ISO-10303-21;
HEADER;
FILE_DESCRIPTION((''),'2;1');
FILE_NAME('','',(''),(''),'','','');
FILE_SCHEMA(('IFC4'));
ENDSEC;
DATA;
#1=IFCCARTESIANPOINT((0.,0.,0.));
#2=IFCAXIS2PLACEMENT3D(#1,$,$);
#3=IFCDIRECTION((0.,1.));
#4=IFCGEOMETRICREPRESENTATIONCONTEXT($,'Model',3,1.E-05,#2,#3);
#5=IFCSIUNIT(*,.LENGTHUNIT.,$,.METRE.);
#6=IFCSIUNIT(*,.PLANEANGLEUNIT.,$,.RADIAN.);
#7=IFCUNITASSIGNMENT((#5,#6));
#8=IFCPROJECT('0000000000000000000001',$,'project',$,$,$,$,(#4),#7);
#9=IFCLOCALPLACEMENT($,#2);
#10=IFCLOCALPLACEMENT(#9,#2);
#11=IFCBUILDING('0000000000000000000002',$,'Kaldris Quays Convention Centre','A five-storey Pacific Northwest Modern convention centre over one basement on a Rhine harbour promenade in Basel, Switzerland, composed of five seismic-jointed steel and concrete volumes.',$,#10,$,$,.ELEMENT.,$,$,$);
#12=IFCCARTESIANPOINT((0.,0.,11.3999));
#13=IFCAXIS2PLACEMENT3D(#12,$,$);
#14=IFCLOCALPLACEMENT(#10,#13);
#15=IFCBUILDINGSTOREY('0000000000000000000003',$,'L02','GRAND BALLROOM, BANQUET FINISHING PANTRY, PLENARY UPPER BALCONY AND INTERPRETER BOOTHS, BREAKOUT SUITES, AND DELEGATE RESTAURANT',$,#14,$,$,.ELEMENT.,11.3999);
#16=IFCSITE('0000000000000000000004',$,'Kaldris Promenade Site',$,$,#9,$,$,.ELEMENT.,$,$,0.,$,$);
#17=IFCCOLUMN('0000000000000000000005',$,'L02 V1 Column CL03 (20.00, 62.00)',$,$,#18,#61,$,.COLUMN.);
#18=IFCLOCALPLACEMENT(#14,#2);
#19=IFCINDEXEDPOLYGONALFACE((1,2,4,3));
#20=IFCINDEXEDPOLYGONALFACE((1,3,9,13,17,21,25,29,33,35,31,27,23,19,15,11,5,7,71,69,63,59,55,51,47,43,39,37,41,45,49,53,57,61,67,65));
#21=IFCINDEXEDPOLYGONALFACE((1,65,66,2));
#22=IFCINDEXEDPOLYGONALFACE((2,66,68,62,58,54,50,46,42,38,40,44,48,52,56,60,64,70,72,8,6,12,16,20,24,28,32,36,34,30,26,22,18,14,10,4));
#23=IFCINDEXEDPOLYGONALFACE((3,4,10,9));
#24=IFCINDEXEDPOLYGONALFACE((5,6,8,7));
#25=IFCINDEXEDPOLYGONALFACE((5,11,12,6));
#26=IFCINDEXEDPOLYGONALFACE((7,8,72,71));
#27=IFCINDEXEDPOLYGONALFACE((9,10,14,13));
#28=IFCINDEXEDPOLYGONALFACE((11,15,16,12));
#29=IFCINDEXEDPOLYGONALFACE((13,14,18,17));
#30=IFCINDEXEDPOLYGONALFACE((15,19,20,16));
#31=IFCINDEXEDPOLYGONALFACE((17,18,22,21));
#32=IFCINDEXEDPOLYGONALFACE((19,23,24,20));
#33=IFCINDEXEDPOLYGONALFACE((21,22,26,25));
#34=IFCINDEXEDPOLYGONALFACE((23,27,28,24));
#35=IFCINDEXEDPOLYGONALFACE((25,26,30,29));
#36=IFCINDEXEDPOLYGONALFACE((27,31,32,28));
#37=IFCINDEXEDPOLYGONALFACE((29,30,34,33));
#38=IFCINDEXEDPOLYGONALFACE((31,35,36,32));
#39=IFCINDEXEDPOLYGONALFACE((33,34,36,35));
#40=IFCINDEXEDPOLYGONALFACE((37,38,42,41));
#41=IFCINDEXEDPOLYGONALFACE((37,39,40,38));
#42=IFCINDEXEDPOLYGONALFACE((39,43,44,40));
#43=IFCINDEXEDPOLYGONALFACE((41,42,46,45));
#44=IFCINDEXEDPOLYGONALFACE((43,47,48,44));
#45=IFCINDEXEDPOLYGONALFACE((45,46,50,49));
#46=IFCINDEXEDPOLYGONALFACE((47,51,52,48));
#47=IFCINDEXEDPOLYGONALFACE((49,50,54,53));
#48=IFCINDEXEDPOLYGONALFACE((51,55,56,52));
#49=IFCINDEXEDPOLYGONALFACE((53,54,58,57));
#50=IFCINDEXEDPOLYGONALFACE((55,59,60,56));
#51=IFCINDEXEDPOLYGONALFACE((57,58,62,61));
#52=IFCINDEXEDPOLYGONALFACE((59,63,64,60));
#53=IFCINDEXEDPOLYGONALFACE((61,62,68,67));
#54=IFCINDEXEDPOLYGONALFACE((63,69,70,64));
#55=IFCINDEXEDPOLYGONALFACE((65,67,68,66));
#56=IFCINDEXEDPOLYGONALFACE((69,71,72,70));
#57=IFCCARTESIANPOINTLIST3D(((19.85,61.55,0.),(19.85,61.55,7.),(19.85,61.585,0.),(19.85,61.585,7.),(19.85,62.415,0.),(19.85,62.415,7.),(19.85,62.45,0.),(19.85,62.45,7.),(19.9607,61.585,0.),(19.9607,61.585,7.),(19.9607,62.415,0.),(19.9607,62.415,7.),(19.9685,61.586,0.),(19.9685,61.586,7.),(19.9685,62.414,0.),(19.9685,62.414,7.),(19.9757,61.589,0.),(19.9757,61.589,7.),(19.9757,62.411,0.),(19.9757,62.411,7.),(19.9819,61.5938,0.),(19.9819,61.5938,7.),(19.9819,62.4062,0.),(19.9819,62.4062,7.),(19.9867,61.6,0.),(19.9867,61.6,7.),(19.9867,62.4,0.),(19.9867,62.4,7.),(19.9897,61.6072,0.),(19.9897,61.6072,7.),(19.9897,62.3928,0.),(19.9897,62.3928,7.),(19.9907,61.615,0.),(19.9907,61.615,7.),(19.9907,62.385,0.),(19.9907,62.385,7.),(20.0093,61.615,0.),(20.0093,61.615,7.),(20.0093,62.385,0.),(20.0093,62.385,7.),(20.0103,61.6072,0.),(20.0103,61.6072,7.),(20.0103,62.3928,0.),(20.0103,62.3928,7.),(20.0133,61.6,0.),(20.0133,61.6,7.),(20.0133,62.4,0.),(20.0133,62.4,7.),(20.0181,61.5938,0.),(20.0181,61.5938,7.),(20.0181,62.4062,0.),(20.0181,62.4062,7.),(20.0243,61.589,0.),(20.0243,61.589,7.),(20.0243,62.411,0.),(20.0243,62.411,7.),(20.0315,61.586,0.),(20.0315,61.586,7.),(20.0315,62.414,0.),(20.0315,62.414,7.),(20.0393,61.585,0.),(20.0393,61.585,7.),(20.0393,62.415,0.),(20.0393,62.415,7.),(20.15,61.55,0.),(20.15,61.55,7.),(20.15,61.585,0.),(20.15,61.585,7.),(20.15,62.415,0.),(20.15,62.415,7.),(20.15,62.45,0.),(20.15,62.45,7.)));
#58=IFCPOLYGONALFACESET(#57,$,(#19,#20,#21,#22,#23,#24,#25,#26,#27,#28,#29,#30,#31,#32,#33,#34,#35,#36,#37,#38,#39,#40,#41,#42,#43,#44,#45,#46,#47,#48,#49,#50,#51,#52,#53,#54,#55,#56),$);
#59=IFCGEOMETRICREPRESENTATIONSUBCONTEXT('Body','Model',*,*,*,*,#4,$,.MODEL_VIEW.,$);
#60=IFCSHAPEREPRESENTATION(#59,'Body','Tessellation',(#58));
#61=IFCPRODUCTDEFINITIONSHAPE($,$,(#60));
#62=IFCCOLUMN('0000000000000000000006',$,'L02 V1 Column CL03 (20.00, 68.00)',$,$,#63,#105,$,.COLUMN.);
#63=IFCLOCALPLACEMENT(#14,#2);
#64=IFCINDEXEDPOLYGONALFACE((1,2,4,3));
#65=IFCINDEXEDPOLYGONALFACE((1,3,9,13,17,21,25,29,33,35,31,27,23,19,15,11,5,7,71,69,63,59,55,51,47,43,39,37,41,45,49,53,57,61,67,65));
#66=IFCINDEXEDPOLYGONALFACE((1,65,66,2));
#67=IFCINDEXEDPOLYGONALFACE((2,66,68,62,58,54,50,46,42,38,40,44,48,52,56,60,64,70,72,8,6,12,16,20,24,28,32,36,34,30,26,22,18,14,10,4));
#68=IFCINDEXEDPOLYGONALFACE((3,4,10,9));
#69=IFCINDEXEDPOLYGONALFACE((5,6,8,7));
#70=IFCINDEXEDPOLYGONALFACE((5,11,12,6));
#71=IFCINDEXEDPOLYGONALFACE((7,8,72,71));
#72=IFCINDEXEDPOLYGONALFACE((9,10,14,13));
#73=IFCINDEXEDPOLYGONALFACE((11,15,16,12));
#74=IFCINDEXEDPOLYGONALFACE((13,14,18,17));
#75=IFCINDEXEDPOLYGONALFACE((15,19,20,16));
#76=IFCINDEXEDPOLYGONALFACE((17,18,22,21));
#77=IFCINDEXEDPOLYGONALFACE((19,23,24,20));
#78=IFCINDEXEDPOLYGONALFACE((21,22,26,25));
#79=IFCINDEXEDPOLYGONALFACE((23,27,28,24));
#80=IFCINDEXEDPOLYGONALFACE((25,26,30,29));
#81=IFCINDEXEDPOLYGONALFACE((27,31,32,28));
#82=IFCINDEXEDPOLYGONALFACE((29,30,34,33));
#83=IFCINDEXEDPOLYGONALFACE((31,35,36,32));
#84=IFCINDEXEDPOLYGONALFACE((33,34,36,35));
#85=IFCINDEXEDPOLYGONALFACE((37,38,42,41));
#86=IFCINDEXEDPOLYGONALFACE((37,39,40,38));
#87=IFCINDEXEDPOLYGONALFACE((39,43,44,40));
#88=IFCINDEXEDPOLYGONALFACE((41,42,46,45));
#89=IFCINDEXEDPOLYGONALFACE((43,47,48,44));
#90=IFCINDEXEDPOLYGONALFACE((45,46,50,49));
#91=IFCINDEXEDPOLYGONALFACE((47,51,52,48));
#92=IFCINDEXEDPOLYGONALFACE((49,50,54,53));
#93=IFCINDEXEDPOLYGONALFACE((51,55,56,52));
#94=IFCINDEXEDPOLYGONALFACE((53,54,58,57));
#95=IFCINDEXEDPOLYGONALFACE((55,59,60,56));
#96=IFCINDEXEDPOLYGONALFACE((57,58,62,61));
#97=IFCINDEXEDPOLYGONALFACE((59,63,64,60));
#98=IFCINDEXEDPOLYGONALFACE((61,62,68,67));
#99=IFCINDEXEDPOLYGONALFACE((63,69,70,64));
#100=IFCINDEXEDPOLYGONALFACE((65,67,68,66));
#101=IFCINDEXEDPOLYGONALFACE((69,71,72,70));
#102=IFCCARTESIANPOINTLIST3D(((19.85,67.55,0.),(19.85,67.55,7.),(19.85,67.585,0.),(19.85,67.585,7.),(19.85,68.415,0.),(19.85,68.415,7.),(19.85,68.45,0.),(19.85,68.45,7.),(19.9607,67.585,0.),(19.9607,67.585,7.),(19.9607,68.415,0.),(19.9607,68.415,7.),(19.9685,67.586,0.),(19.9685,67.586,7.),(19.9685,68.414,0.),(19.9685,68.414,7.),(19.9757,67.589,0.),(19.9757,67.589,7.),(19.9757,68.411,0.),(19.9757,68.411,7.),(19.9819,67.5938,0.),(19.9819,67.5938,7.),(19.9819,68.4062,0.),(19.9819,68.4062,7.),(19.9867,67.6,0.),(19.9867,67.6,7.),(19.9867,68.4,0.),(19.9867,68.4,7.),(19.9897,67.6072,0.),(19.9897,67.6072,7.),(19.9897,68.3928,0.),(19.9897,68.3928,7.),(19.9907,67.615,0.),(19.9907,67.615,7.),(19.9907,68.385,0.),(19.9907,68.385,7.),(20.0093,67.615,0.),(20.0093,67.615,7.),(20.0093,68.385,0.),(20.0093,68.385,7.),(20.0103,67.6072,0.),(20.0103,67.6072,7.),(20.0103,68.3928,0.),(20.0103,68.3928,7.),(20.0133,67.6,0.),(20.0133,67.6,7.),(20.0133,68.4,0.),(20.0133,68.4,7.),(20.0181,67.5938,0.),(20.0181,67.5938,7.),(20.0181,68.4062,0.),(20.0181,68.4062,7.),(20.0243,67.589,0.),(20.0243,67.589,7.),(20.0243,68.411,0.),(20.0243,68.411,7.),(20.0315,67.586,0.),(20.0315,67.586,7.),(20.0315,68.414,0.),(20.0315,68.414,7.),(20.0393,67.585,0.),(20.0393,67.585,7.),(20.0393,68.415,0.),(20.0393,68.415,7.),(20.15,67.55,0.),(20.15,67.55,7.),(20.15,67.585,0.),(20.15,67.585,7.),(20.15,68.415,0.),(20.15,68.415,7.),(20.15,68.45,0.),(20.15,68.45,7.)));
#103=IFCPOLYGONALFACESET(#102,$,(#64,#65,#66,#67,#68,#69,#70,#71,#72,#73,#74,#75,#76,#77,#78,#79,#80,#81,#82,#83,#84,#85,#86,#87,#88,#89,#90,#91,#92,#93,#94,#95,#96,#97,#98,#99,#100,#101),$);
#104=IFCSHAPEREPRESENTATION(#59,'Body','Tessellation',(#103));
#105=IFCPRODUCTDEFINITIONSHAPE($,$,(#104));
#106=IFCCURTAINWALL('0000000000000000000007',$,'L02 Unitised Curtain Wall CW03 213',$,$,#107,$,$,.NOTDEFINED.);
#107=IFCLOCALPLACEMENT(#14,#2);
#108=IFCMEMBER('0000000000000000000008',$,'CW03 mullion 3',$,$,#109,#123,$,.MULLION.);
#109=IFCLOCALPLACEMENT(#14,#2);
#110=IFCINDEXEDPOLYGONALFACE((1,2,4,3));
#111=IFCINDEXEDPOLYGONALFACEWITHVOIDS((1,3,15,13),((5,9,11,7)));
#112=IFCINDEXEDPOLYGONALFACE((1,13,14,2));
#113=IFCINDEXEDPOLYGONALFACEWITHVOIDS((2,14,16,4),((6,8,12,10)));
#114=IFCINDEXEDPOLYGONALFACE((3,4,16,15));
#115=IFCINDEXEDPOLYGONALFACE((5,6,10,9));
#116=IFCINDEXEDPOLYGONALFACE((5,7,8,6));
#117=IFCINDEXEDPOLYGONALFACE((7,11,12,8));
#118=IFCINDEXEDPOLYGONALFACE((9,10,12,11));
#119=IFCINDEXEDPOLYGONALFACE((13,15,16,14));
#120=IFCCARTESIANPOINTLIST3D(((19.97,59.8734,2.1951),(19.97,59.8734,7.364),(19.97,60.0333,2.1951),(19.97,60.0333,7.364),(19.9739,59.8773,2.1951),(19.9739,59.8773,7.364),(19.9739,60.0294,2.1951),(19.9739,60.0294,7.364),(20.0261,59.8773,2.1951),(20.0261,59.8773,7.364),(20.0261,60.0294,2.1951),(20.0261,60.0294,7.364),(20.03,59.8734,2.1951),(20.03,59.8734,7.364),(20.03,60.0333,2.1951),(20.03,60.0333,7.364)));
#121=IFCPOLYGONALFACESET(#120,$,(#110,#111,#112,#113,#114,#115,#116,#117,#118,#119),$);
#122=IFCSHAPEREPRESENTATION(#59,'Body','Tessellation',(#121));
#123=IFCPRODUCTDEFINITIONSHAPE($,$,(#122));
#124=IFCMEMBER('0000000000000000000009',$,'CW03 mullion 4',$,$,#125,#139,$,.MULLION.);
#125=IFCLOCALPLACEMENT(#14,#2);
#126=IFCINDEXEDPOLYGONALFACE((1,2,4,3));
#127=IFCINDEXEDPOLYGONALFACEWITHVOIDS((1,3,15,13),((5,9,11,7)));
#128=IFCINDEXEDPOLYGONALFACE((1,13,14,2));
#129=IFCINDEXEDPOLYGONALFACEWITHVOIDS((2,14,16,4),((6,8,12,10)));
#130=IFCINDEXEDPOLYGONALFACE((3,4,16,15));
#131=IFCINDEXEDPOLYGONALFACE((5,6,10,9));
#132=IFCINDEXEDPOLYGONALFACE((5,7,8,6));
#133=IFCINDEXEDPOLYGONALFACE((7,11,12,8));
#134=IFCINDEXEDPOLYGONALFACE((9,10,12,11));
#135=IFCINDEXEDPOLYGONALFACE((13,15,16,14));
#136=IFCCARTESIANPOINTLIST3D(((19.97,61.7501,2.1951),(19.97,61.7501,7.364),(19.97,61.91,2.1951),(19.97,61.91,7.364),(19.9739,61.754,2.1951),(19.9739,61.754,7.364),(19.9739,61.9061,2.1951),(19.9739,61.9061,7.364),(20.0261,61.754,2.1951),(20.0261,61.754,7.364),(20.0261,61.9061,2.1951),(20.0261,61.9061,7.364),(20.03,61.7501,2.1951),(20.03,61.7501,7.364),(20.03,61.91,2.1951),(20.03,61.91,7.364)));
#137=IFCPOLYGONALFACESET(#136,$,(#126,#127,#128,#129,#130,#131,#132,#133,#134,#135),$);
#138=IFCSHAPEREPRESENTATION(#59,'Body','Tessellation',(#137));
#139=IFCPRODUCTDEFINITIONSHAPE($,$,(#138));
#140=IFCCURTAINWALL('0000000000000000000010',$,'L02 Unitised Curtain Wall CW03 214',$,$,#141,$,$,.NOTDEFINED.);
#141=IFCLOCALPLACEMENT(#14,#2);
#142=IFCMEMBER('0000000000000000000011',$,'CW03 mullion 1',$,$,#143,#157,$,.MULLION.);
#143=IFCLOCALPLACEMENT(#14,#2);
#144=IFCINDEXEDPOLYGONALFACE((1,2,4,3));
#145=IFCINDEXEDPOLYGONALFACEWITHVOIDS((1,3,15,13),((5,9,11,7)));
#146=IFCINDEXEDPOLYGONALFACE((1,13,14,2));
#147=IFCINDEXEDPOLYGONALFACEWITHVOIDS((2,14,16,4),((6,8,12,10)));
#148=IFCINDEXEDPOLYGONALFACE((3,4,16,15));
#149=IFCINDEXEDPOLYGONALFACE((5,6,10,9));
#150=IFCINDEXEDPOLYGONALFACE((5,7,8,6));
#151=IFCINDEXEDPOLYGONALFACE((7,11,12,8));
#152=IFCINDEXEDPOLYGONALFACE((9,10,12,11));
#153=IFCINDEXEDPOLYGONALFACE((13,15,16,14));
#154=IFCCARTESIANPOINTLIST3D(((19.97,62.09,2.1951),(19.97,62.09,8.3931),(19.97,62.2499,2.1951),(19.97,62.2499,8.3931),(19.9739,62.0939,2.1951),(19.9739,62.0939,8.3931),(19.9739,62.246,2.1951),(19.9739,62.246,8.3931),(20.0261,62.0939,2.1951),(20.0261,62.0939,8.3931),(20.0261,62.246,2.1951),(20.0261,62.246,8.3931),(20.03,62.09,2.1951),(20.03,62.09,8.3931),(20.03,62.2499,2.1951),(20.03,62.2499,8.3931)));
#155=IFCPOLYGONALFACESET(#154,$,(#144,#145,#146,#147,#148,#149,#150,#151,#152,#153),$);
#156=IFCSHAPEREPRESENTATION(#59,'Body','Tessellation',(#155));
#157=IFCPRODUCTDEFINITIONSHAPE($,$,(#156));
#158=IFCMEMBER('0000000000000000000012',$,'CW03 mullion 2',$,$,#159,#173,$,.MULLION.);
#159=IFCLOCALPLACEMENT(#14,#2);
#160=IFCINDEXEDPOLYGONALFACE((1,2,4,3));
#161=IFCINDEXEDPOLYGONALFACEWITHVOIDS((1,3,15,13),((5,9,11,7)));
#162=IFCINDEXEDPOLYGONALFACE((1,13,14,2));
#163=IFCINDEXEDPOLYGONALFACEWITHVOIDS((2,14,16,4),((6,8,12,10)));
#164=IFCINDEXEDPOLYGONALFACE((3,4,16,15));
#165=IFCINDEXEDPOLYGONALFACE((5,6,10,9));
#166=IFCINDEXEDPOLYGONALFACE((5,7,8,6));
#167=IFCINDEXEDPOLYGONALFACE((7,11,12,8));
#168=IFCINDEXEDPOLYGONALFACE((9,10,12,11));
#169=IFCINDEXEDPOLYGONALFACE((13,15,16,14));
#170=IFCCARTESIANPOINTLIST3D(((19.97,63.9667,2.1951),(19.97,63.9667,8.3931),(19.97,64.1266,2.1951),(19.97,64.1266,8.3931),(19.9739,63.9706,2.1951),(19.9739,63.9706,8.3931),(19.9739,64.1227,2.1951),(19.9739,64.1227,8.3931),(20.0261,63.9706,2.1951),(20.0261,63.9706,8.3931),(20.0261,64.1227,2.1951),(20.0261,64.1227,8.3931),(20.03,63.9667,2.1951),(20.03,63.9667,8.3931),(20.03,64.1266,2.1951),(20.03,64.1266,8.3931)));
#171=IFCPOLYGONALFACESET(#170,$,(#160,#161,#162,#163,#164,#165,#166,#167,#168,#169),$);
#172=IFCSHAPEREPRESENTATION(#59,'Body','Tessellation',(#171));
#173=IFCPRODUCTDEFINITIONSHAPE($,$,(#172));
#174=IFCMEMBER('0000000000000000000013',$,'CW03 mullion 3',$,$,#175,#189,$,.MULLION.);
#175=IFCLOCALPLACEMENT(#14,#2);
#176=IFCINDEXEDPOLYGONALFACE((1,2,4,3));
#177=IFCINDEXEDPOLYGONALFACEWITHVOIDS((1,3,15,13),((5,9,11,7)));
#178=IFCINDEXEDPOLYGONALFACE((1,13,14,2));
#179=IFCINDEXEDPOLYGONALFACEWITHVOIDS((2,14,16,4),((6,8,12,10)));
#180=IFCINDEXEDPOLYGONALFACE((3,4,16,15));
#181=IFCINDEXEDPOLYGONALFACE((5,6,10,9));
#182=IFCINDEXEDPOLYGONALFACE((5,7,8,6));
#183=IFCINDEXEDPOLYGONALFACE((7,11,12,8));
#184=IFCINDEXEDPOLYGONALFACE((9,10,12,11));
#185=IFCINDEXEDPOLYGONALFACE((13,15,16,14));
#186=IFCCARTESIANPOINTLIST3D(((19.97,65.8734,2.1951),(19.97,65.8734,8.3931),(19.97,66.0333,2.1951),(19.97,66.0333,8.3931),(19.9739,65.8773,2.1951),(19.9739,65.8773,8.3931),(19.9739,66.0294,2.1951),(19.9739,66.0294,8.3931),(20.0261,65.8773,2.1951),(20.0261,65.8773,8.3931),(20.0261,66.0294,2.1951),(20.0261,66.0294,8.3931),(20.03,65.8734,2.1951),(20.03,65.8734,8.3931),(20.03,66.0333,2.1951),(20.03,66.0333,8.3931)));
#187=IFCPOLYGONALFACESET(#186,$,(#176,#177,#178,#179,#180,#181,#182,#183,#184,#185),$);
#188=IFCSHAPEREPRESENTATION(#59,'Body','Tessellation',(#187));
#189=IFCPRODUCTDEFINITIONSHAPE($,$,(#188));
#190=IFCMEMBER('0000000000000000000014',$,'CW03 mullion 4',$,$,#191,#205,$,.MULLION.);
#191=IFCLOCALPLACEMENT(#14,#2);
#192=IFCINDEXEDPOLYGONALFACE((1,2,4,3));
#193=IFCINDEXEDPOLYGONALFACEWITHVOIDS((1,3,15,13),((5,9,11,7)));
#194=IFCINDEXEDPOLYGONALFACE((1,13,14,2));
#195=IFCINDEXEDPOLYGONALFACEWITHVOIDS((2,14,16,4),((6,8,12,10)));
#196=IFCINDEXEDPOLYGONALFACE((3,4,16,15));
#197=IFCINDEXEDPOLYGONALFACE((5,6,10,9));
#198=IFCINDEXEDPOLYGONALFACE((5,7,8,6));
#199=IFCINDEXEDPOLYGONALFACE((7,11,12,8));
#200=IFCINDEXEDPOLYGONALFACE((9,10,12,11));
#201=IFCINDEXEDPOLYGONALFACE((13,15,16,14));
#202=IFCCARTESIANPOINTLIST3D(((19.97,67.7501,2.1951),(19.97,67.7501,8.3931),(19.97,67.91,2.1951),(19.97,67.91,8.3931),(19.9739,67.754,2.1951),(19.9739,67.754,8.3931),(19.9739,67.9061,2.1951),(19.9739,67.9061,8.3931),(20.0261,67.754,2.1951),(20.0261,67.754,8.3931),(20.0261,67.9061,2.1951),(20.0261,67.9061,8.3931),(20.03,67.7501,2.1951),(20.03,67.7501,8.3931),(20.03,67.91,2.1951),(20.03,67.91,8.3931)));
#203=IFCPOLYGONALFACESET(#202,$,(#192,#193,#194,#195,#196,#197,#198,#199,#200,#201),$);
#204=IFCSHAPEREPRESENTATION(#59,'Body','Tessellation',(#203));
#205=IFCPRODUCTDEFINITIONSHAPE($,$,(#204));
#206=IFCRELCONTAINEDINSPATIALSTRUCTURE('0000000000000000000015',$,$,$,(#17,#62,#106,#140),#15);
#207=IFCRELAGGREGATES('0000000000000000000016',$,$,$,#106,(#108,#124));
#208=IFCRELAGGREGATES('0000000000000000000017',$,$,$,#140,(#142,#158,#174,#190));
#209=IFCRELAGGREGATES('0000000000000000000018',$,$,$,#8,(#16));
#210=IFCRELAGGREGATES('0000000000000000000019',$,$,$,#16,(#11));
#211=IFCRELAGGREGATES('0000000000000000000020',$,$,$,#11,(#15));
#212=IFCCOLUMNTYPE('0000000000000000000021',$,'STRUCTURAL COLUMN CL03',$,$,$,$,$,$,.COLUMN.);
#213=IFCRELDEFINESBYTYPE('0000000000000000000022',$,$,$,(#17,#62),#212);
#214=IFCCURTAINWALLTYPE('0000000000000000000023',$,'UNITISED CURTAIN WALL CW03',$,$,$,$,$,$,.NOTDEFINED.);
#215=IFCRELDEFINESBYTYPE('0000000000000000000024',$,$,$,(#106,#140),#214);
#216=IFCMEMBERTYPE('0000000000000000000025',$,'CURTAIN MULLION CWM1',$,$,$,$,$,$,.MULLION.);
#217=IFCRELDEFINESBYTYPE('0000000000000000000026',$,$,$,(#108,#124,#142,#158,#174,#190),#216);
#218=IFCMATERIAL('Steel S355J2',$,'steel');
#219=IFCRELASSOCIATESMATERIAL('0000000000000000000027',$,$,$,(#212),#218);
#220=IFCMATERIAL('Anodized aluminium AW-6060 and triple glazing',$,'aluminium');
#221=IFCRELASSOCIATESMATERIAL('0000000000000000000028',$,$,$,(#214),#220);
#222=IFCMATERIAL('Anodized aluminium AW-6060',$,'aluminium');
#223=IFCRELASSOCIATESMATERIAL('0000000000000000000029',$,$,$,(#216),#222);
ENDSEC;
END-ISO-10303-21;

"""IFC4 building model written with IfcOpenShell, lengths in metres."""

from ifc_helpers import new_model, si_unit, direction, frame, origin, origin_2d, place, context, subcontext, project, spatial, hollow_rectangle, i_section, extrude, material, material_profile, profile_set, type_object, element, aggregate, save


model = new_model("IFC4")

# Units and contexts
model_context = context("Model", 3, precision=1e-05, world=origin(), true_north=direction((0.0, 1.0)))
body_context = subcontext(model_context, "Body", "Model", "MODEL_VIEW")
ifc_project = project(units=[si_unit("LENGTHUNIT", "METRE"), si_unit("PLANEANGLEUNIT", "RADIAN")], contexts=[model_context])

# Site, building, storey
site_placement = place(None, origin())
site = spatial("IfcSite", under=ifc_project, at=site_placement, Name="Kaldris Promenade Site", CompositionType="ELEMENT", RefElevation=0.0)
building_placement = place(site_placement, origin())
building = spatial("IfcBuilding", under=site, at=building_placement, Name="Kaldris Quays Convention Centre", Description="A five-storey Pacific Northwest Modern convention centre over one basement on a Rhine harbour promenade in Basel, Switzerland, composed of five seismic-jointed steel and concrete volumes.", CompositionType="ELEMENT")
storey_placement = place(building_placement, frame((0.0, 0.0, 11.3999)))
storey = spatial("IfcBuildingStorey", under=building, at=storey_placement, Name="L02", Description="GRAND BALLROOM, BANQUET FINISHING PANTRY, PLENARY UPPER BALCONY AND INTERPRETER BOOTHS, BREAKOUT SUITES, AND DELEGATE RESTAURANT", CompositionType="ELEMENT", Elevation=11.3999)

# Columns
ifc_material_1 = material(Name="Steel S355J2", Category="steel")
ifc_material_profile_1 = material_profile(ifc_material_1, i_section(OverallWidth=0.3, OverallDepth=0.8999, WebThickness=0.0186, FlangeThickness=0.0349, FilletRadius=0.03, at=origin_2d()), Name="HEB 900")
ifc_profile_set_1 = profile_set([ifc_material_profile_1], Name="Steel S355J2")
column_type = type_object("IfcColumnType", Name="STRUCTURAL COLUMN CL03", PredefinedType="COLUMN", material=ifc_profile_set_1)
for number, where, z_axis, x_axis, name in (
    (1, (20.0, 62.0, 0.0), (0.0, 0.0, 1.0), (1.0, 0.0, 0.0), "L02 V1 Column CL03 (20.00, 62.00)"),
    (2, (20.0, 68.0, 0.0), (0.0, 0.0, 1.0), (1.0, 0.0, 0.0), "L02 V1 Column CL03 (20.00, 68.00)"),
):
    element("IfcColumn", number, at=place(storey_placement, frame(where, z_axis=z_axis, x_axis=x_axis)), inside=storey, type_object=column_type, Name=name, PredefinedType="COLUMN", context=body_context, shape_type="SweptSolid", body=[
        extrude(i_section(OverallWidth=0.3, OverallDepth=0.8999, WebThickness=0.0186, FlangeThickness=0.0349, FilletRadius=0.03, at=origin_2d()), origin(), (0.0, 0.0, 1.0), 7.0),
    ])

# Curtain walls, members
ifc_material_2 = material(Name="Anodized aluminium AW-6060 and triple glazing", Category="aluminium")
curtain_wall_type = type_object("IfcCurtainWallType", Name="UNITISED CURTAIN WALL CW03", PredefinedType="NOTDEFINED", material=ifc_material_2)
curtain_wall_1_placement = place(storey_placement, origin())
curtain_wall_1 = element("IfcCurtainWall", 3, at=curtain_wall_1_placement, inside=storey, type_object=curtain_wall_type, Name="L02 Unitised Curtain Wall CW03 213", PredefinedType="NOTDEFINED")
ifc_material_3 = material(Name="Anodized aluminium AW-6060", Category="aluminium")
ifc_material_profile_2 = material_profile(ifc_material_3, hollow_rectangle(XDim=0.0601, YDim=0.1599, WallThickness=0.0039, at=origin_2d()), Name="RHS 160x60x4")
ifc_profile_set_2 = profile_set([ifc_material_profile_2], Name="Anodized aluminium AW-6060")
member_type_1 = type_object("IfcMemberType", Name="CURTAIN MULLION CWM1", PredefinedType="MULLION", material=ifc_profile_set_2)
member_1_placement = place(storey_placement, frame((20.0, 59.9534, 2.1951), z_axis=(0.0, 0.0, 1.0), x_axis=(-1.0, 0.0, 0.0)))
member_1 = element("IfcMember", 4, at=member_1_placement, type_object=member_type_1, Name="CW03 mullion 3", PredefinedType="MULLION", context=body_context, shape_type="SweptSolid", body=[
    extrude(hollow_rectangle(XDim=0.0601, YDim=0.1599, WallThickness=0.0039, at=origin_2d()), origin(), (0.0, 0.0, 1.0), 5.1689),
])
member_2_placement = place(storey_placement, frame((20.0, 61.8301, 2.1951), z_axis=(0.0, 0.0, 1.0), x_axis=(-1.0, 0.0, 0.0)))
member_2 = element("IfcMember", 5, at=member_2_placement, type_object=member_type_1, Name="CW03 mullion 4", PredefinedType="MULLION", context=body_context, shape_type="SweptSolid", body=[
    extrude(hollow_rectangle(XDim=0.0601, YDim=0.1599, WallThickness=0.0039, at=origin_2d()), origin(), (0.0, 0.0, 1.0), 5.1689),
])
curtain_wall_2_placement = place(storey_placement, origin())
curtain_wall_2 = element("IfcCurtainWall", 6, at=curtain_wall_2_placement, inside=storey, type_object=curtain_wall_type, Name="L02 Unitised Curtain Wall CW03 214", PredefinedType="NOTDEFINED")
member_3_placement = place(storey_placement, frame((20.0, 62.1699, 2.1951), z_axis=(0.0, 0.0, 1.0), x_axis=(-1.0, 0.0, 0.0)))
member_3 = element("IfcMember", 7, at=member_3_placement, type_object=member_type_1, Name="CW03 mullion 1", PredefinedType="MULLION", context=body_context, shape_type="SweptSolid", body=[
    extrude(hollow_rectangle(XDim=0.0601, YDim=0.1599, WallThickness=0.0039, at=origin_2d()), origin(), (0.0, 0.0, 1.0), 6.198),
])
member_4_placement = place(storey_placement, frame((20.0, 64.0466, 2.1951), z_axis=(0.0, 0.0, 1.0), x_axis=(-1.0, 0.0, 0.0)))
member_4 = element("IfcMember", 8, at=member_4_placement, type_object=member_type_1, Name="CW03 mullion 2", PredefinedType="MULLION", context=body_context, shape_type="SweptSolid", body=[
    extrude(hollow_rectangle(XDim=0.0601, YDim=0.1599, WallThickness=0.0039, at=origin_2d()), origin(), (0.0, 0.0, 1.0), 6.198),
])
member_5_placement = place(storey_placement, frame((20.0, 65.9534, 2.1951), z_axis=(0.0, 0.0, 1.0), x_axis=(-1.0, 0.0, 0.0)))
member_5 = element("IfcMember", 9, at=member_5_placement, type_object=member_type_1, Name="CW03 mullion 3", PredefinedType="MULLION", context=body_context, shape_type="SweptSolid", body=[
    extrude(hollow_rectangle(XDim=0.0601, YDim=0.1599, WallThickness=0.0039, at=origin_2d()), origin(), (0.0, 0.0, 1.0), 6.198),
])
member_6_placement = place(storey_placement, frame((20.0, 67.8301, 2.1951), z_axis=(0.0, 0.0, 1.0), x_axis=(-1.0, 0.0, 0.0)))
member_6 = element("IfcMember", 10, at=member_6_placement, type_object=member_type_1, Name="CW03 mullion 4", PredefinedType="MULLION", context=body_context, shape_type="SweptSolid", body=[
    extrude(hollow_rectangle(XDim=0.0601, YDim=0.1599, WallThickness=0.0039, at=origin_2d()), origin(), (0.0, 0.0, 1.0), 6.198),
])

aggregate(curtain_wall_1, [member_1, member_2])
aggregate(curtain_wall_2, [member_3, member_4, member_5, member_6])

save(model, "model.ifc")
